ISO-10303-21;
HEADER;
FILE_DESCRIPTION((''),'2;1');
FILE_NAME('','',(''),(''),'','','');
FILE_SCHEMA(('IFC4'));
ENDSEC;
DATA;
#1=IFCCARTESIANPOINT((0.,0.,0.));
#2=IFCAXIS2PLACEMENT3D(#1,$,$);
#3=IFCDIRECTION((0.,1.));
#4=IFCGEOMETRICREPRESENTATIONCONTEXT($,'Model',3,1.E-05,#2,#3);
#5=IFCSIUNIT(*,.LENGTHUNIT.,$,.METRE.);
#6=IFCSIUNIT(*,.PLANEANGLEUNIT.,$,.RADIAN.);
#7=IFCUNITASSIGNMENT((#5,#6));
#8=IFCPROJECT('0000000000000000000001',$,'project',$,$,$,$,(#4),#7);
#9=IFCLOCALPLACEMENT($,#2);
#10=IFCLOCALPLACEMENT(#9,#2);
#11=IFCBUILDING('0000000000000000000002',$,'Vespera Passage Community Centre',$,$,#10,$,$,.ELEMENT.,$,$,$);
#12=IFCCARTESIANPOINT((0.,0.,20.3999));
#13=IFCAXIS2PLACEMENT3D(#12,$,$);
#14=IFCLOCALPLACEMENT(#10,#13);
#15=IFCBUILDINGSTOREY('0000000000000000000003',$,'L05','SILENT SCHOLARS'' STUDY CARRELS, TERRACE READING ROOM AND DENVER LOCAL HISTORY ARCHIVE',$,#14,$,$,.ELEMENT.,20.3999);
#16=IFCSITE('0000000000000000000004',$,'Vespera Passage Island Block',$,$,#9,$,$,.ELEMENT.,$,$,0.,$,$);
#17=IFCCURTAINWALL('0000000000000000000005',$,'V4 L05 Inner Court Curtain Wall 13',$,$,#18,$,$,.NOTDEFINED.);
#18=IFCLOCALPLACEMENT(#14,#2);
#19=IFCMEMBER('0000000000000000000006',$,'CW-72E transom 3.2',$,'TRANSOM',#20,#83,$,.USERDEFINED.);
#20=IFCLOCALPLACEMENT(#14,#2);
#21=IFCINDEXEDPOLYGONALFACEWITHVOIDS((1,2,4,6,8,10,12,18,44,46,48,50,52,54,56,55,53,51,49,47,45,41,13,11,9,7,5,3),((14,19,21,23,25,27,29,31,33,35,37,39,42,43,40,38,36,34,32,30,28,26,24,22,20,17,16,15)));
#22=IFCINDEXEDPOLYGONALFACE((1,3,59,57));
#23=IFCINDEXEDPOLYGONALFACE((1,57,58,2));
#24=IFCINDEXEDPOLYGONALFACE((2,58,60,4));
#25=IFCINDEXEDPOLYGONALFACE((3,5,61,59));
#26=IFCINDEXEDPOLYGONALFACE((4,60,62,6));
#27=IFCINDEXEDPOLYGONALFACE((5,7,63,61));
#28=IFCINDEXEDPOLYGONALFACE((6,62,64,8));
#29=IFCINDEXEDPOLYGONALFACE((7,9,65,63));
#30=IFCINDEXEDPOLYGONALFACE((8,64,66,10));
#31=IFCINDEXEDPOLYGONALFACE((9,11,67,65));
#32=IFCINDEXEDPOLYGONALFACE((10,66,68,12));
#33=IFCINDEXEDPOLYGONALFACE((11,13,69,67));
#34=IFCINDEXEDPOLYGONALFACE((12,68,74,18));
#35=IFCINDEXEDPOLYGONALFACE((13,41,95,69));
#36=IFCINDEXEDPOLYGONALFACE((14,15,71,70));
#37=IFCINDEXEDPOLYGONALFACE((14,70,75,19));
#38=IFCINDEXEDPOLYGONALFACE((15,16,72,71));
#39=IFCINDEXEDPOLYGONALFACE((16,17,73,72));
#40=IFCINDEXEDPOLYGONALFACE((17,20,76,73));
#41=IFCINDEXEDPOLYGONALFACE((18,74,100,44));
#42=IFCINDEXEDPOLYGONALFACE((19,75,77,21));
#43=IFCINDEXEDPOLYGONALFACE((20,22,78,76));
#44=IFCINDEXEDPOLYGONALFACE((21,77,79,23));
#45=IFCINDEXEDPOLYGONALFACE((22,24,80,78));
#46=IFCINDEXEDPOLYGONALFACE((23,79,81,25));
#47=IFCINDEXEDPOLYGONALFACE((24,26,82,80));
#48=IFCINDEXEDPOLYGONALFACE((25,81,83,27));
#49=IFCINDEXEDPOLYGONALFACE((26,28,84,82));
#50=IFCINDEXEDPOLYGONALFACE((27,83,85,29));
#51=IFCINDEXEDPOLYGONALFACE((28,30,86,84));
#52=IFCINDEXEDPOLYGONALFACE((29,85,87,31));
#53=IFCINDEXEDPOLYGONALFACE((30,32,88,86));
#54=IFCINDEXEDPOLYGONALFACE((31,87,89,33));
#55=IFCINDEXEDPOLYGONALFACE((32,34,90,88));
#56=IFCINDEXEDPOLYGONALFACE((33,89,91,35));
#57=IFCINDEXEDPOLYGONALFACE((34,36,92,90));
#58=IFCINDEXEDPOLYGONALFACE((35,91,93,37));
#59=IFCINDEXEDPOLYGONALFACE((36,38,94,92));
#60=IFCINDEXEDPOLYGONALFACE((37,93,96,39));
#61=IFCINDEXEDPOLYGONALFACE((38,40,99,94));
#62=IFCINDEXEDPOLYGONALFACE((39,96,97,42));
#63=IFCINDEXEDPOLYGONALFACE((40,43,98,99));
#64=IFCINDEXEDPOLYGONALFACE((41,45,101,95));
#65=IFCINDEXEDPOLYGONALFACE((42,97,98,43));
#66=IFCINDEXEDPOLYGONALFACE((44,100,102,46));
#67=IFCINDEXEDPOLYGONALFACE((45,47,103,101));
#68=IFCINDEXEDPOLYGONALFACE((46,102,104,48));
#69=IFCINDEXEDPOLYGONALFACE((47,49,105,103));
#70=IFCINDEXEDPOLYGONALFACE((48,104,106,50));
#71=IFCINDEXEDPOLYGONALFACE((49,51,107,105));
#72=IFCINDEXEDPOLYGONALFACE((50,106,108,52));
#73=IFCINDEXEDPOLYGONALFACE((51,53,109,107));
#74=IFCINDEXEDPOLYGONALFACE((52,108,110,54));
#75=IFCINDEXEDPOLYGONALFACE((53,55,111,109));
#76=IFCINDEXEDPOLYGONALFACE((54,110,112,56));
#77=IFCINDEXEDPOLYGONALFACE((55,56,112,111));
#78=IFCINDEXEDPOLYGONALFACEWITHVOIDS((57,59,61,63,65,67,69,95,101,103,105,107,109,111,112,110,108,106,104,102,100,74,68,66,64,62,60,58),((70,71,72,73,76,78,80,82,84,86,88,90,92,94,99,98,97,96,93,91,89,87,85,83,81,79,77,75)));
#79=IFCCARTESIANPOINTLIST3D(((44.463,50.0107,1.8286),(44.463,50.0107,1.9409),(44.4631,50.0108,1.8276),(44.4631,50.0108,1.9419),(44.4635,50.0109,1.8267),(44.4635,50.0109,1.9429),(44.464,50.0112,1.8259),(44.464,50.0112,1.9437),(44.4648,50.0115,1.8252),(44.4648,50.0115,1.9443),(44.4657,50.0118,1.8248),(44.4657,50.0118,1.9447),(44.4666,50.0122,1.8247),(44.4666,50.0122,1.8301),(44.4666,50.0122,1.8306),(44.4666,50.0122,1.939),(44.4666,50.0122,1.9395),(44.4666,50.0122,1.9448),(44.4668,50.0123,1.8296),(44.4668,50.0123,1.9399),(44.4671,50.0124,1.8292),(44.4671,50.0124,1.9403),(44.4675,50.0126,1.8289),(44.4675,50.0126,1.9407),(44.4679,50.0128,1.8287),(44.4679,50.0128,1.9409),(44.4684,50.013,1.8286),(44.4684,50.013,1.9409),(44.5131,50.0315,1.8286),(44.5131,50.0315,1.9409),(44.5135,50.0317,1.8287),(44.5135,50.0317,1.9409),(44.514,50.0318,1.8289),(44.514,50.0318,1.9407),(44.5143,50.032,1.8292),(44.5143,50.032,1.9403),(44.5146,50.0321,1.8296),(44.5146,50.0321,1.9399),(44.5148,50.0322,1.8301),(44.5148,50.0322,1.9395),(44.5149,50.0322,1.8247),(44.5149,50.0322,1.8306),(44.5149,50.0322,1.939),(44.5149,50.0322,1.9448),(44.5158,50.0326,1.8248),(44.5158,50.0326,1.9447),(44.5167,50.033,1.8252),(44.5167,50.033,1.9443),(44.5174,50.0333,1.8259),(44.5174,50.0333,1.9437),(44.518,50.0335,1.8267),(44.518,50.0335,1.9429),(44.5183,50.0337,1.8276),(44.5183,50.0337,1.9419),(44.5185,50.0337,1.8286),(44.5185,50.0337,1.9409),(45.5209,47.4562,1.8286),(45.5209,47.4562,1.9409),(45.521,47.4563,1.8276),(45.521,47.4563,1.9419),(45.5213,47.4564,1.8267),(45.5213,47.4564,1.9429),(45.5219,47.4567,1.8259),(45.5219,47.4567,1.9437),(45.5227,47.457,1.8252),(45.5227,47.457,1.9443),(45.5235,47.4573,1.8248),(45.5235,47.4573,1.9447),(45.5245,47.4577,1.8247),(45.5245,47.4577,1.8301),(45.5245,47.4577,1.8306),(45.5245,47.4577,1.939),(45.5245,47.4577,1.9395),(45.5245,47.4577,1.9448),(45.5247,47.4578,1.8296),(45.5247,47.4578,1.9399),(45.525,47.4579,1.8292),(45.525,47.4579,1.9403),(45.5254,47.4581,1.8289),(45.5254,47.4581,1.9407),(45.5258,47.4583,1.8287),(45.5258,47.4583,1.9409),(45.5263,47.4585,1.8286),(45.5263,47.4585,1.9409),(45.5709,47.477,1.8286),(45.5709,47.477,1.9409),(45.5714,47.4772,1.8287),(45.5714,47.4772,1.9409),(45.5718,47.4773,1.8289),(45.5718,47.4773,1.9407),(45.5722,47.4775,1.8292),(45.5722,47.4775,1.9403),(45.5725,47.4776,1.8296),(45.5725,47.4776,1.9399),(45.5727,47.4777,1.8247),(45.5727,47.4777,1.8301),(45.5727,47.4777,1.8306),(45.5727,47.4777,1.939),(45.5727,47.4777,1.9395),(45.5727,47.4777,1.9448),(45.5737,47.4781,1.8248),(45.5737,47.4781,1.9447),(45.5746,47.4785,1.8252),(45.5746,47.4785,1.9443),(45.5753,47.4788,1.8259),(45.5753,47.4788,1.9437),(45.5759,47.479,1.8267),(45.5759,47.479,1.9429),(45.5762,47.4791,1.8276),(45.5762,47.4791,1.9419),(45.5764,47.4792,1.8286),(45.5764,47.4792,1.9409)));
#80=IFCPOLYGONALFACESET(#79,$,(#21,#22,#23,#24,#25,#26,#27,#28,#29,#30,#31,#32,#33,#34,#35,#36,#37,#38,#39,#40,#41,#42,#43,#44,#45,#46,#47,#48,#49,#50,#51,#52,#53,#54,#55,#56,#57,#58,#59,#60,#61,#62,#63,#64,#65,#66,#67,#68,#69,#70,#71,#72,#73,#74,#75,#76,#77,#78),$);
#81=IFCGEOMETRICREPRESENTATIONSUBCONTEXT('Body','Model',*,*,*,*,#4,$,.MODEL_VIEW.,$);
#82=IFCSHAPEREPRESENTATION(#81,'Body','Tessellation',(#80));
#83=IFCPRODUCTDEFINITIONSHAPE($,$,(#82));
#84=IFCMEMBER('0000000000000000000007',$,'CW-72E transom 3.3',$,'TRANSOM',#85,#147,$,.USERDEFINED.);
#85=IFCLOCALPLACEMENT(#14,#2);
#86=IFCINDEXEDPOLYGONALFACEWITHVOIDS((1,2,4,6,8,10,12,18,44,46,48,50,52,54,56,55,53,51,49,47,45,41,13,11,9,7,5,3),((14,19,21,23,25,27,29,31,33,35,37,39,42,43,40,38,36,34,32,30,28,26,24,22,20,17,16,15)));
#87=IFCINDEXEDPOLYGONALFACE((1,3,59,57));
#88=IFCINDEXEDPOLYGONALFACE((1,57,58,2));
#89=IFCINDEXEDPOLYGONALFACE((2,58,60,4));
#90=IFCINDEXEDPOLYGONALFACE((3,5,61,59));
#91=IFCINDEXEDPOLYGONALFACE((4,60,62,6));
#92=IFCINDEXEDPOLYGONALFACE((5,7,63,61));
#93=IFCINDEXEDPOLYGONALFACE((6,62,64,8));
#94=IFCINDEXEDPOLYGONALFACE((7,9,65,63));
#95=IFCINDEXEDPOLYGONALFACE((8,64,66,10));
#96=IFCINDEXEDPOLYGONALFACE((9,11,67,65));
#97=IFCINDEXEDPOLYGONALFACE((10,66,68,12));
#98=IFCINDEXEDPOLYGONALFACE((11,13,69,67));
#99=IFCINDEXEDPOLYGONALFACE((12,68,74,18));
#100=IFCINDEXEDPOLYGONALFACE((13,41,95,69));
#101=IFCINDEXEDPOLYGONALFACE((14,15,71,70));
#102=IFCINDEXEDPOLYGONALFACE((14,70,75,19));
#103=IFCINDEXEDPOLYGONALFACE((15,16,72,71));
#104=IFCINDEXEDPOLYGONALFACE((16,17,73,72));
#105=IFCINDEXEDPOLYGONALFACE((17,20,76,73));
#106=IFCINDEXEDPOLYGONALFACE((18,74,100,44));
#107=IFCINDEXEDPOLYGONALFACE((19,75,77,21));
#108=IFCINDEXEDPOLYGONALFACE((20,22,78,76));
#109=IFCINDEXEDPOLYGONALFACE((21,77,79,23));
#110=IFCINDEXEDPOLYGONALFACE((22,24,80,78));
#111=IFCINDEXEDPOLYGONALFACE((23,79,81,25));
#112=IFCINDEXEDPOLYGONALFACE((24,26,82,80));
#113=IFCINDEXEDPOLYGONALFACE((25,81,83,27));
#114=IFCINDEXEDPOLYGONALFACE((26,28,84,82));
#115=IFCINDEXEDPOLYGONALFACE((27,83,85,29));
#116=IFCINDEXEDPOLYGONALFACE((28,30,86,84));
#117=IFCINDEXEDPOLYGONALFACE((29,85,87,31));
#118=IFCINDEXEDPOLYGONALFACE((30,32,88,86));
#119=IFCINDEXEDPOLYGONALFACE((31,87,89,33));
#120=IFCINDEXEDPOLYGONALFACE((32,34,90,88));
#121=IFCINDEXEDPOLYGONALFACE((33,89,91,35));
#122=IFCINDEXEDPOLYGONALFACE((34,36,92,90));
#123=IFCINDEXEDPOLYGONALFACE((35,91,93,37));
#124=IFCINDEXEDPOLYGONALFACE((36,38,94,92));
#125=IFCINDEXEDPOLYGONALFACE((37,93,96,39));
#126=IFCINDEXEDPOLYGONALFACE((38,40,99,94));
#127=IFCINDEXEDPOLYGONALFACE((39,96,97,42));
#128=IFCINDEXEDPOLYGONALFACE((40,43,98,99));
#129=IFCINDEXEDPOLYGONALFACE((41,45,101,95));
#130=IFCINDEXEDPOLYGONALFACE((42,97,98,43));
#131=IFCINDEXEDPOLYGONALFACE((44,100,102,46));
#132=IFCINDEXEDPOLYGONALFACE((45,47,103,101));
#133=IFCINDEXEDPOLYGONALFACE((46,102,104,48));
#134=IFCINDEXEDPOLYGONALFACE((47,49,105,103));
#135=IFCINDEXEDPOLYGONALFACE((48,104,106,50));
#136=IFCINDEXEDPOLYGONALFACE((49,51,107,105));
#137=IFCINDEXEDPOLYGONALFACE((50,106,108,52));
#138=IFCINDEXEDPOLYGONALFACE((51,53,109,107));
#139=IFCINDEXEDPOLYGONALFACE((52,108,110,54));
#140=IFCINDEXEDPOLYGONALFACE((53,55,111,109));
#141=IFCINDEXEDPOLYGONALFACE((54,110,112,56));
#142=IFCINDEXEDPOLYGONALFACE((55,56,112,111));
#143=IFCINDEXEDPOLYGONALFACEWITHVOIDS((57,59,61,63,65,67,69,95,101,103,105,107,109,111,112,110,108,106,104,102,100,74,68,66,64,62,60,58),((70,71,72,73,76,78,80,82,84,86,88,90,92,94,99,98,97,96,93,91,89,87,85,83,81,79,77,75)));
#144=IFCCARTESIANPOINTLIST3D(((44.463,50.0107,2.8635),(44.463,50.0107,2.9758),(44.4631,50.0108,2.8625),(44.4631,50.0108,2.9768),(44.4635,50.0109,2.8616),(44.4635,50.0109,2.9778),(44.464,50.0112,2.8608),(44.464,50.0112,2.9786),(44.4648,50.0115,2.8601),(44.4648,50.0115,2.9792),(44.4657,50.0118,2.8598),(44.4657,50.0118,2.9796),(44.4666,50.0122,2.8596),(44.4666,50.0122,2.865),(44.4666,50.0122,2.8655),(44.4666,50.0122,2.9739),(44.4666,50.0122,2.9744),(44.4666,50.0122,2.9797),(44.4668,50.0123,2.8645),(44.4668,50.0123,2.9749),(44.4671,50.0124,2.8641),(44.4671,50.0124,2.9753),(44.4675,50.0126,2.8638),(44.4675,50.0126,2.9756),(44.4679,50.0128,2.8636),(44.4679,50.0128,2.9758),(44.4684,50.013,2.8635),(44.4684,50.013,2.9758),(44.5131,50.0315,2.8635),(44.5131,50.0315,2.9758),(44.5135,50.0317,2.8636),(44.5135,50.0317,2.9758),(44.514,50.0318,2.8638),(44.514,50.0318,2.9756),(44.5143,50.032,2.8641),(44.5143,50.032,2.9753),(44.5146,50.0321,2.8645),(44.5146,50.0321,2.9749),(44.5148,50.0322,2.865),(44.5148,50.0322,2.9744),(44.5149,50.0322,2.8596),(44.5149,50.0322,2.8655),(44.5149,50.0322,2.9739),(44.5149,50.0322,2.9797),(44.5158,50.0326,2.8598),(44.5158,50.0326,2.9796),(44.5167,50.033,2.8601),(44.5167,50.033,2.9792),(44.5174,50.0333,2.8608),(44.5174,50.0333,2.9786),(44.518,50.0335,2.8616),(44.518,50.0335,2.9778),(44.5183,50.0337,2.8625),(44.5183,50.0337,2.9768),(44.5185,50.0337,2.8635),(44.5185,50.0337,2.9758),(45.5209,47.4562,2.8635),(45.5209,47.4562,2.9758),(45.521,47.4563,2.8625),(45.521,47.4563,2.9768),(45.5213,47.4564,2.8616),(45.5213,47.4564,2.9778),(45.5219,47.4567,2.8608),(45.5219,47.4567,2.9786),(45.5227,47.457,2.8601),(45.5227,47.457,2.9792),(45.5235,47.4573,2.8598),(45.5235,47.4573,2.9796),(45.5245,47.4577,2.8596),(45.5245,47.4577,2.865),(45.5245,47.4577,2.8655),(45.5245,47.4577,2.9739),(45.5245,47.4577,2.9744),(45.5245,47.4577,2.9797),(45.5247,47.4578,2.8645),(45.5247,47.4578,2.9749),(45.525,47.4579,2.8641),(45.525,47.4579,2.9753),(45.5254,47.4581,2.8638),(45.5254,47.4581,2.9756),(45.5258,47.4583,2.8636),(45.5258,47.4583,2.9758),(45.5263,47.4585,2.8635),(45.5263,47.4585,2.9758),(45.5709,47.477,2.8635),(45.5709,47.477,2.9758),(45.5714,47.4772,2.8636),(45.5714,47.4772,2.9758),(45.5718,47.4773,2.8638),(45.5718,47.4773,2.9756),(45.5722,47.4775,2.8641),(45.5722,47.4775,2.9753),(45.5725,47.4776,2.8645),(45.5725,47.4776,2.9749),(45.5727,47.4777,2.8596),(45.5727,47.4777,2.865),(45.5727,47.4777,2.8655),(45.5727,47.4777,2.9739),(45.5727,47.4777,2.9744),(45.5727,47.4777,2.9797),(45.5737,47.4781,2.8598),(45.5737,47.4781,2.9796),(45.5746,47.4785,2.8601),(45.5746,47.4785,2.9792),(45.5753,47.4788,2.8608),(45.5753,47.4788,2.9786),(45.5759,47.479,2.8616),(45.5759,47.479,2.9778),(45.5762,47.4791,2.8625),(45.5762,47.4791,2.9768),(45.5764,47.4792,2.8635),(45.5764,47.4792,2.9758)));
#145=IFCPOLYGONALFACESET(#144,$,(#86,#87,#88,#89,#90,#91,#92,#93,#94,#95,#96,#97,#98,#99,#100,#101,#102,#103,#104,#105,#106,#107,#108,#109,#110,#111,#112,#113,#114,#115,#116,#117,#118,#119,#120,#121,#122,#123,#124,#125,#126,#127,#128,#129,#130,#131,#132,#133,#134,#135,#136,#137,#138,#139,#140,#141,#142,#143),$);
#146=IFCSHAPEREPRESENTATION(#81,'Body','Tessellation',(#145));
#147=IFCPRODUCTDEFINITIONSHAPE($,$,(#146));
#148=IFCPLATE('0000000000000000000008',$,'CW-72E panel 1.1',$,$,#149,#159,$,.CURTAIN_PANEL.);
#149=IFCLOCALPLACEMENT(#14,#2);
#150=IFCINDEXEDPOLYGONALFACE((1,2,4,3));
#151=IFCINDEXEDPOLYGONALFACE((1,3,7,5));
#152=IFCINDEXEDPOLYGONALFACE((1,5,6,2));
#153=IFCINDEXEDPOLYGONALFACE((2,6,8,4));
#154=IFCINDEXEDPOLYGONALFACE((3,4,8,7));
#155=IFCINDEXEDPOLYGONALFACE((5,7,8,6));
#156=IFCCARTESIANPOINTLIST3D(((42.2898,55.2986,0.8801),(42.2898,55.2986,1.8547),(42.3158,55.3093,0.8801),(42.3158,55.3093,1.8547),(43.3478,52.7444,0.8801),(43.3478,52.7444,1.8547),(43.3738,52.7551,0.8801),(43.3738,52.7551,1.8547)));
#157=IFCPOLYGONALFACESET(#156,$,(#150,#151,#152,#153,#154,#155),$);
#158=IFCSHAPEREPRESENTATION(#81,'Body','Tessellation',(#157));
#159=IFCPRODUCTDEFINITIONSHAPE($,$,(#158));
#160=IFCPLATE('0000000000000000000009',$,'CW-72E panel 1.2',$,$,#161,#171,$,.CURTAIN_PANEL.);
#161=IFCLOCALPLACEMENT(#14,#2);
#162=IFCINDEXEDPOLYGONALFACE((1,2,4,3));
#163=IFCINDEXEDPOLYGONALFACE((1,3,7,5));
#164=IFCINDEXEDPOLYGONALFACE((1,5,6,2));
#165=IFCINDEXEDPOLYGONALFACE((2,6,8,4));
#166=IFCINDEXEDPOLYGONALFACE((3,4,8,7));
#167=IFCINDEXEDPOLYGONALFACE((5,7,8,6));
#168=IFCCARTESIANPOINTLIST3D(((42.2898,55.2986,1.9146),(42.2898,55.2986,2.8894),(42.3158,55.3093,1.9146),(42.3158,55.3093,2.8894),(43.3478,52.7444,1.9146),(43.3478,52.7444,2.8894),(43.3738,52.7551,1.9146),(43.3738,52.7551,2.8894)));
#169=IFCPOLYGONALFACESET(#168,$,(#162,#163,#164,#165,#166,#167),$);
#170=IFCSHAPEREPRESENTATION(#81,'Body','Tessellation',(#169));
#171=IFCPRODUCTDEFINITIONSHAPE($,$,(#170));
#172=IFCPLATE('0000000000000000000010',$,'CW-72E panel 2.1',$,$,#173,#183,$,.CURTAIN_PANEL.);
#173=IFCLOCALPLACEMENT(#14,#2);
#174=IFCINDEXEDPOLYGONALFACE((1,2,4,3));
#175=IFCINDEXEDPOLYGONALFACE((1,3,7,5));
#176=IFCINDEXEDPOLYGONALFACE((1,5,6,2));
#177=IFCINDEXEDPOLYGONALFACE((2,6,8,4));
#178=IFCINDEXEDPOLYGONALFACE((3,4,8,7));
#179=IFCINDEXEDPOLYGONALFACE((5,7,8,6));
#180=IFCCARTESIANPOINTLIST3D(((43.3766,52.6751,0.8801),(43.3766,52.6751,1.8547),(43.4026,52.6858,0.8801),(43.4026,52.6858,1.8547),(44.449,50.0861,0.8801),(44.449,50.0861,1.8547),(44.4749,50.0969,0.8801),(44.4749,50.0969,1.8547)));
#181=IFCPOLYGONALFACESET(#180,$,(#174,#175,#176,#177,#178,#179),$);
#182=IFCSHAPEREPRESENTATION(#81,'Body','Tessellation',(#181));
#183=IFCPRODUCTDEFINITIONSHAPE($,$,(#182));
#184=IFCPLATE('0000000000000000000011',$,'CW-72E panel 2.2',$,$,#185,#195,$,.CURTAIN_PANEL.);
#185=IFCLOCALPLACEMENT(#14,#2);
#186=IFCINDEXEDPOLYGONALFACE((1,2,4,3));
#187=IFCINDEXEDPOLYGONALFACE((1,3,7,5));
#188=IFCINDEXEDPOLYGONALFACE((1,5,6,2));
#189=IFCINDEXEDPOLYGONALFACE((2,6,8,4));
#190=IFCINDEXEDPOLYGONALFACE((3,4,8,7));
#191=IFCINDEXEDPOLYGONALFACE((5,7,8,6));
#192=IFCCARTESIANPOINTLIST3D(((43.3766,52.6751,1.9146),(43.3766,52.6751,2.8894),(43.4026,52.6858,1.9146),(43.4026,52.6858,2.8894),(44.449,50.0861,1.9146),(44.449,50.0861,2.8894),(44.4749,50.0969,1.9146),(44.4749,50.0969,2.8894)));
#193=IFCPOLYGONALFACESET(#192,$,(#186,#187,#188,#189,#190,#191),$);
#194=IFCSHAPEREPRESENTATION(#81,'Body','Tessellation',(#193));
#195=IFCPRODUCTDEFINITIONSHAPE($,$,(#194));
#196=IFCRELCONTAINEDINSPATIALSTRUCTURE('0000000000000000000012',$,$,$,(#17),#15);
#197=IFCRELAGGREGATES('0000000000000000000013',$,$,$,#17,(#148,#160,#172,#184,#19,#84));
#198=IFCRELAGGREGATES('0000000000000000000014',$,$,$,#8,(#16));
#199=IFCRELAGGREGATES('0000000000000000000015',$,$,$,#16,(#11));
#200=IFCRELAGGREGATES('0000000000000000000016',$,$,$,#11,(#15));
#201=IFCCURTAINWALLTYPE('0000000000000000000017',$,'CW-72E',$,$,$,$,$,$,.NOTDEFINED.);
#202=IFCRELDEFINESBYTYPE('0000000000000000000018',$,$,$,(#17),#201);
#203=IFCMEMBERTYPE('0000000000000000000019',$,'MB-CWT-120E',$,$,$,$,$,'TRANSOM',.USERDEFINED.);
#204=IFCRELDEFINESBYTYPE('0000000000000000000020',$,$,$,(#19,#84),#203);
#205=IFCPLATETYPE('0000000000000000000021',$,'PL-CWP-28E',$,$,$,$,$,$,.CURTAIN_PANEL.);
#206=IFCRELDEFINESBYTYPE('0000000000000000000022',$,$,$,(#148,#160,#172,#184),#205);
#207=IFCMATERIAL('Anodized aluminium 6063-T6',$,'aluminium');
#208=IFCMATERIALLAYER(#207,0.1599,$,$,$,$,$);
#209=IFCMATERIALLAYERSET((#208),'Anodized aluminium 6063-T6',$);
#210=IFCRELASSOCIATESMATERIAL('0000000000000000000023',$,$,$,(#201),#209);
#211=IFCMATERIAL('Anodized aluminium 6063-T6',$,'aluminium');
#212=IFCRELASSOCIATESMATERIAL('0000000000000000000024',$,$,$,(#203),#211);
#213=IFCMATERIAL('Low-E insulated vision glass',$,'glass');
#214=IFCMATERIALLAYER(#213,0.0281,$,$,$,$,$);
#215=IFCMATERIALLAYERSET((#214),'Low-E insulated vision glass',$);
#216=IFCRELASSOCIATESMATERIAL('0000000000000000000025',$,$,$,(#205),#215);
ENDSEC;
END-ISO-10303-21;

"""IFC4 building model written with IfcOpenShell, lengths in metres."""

from ifc_helpers import new_model, si_unit, direction, frame, origin, origin_2d, place, context, subcontext, project, spatial, rectangle, hollow_rectangle, extrude, material, layer, layer_set, material_profile, profile_set, type_object, element, aggregate, save


model = new_model("IFC4")

# Units and contexts
model_context = context("Model", 3, precision=1e-05, world=origin(), true_north=direction((0.0, 1.0)))
body_context = subcontext(model_context, "Body", "Model", "MODEL_VIEW")
ifc_project = project(units=[si_unit("LENGTHUNIT", "METRE"), si_unit("PLANEANGLEUNIT", "RADIAN")], contexts=[model_context])

# Site, building, storey
site_placement = place(None, origin())
site = spatial("IfcSite", under=ifc_project, at=site_placement, Name="Vespera Passage Island Block", CompositionType="ELEMENT", RefElevation=0.0)
building_placement = place(site_placement, origin())
building = spatial("IfcBuilding", under=site, at=building_placement, Name="Vespera Passage Community Centre", CompositionType="ELEMENT")
storey_placement = place(building_placement, frame((0.0, 0.0, 20.3999)))
storey = spatial("IfcBuildingStorey", under=building, at=storey_placement, Name="L05", Description="SILENT SCHOLARS' STUDY CARRELS, TERRACE READING ROOM AND DENVER LOCAL HISTORY ARCHIVE", CompositionType="ELEMENT", Elevation=20.3999)

# Curtain wall
ifc_material_1 = material(Name="Anodized aluminium 6063-T6", Category="aluminium")
ifc_layer_1 = layer(ifc_material_1, 0.1599)
ifc_layer_set_1 = layer_set([ifc_layer_1], Name="Anodized aluminium 6063-T6")
curtain_wall_type_1 = type_object("IfcCurtainWallType", Name="CW-72E", PredefinedType="NOTDEFINED", material=ifc_layer_set_1)
curtain_wall_1_placement = place(storey_placement, origin())
curtain_wall_1 = element("IfcCurtainWall", 1, at=curtain_wall_1_placement, inside=storey, type_object=curtain_wall_type_1, Name="V4 L05 Inner Court Curtain Wall 13", PredefinedType="NOTDEFINED")

# Members
ifc_material_2 = material(Name="Anodized aluminium 6063-T6", Category="aluminium")
ifc_material_profile_1 = material_profile(ifc_material_2, hollow_rectangle(XDim=0.0601, YDim=0.1201, WallThickness=0.0039, InnerFilletRadius=0.002, OuterFilletRadius=0.0039, at=origin_2d()), Name="ALU120X60X4")
ifc_profile_set_1 = profile_set([ifc_material_profile_1], Name="Anodized aluminium 6063-T6")
member_type_1 = type_object("IfcMemberType", Name="MB-CWT-120E", ElementType="TRANSOM", PredefinedType="USERDEFINED", material=ifc_profile_set_1)
member_1_placement = place(storey_placement, frame((44.4907, 50.0222, 1.8848), z_axis=(0.382614, -0.923908, 0.0), x_axis=(0.923908, 0.382614, 0.0)))
member_1 = element("IfcMember", 2, at=member_1_placement, type_object=member_type_1, Name="CW-72E transom 3.2", ObjectType="TRANSOM", PredefinedType="USERDEFINED", context=body_context, shape_type="SweptSolid", body=[
    extrude(hollow_rectangle(XDim=0.0601, YDim=0.1201, WallThickness=0.0039, InnerFilletRadius=0.002, OuterFilletRadius=0.0039, at=origin_2d()), origin(), (0.0, 0.0, 1.0), 2.7649),
])
member_2_placement = place(storey_placement, frame((44.4907, 50.0222, 2.9197), z_axis=(0.382614, -0.923908, 0.0), x_axis=(0.923908, 0.382614, 0.0)))
member_2 = element("IfcMember", 3, at=member_2_placement, type_object=member_type_1, Name="CW-72E transom 3.3", ObjectType="TRANSOM", PredefinedType="USERDEFINED", context=body_context, shape_type="SweptSolid", body=[
    extrude(hollow_rectangle(XDim=0.0601, YDim=0.1201, WallThickness=0.0039, InnerFilletRadius=0.002, OuterFilletRadius=0.0039, at=origin_2d()), origin(), (0.0, 0.0, 1.0), 2.7649),
])

# Plates
ifc_material_3 = material(Name="Low-E insulated vision glass", Category="glass")
ifc_layer_2 = layer(ifc_material_3, 0.0281)
ifc_layer_set_2 = layer_set([ifc_layer_2], Name="Low-E insulated vision glass")
plate_type = type_object("IfcPlateType", Name="PL-CWP-28E", PredefinedType="CURTAIN_PANEL", material=ifc_layer_set_2)
plate_1_placement = place(storey_placement, frame((42.8318, 54.0269, 0.8801), z_axis=(0.0, 0.0, 1.0), x_axis=(0.38269, -0.923877, 0.0)))
plate_1 = element("IfcPlate", 4, at=plate_1_placement, type_object=plate_type, Name="CW-72E panel 1.1", PredefinedType="CURTAIN_PANEL", context=body_context, shape_type="SweptSolid", body=[
    extrude(rectangle(XDim=2.7646, YDim=0.0281, at=origin_2d()), origin(), (0.0, 0.0, 1.0), 0.9746),
])
plate_2_placement = place(storey_placement, frame((42.8318, 54.0269, 1.9146), z_axis=(0.0, 0.0, 1.0), x_axis=(0.38269, -0.923877, 0.0)))
plate_2 = element("IfcPlate", 5, at=plate_2_placement, type_object=plate_type, Name="CW-72E panel 1.2", PredefinedType="CURTAIN_PANEL", context=body_context, shape_type="SweptSolid", body=[
    extrude(rectangle(XDim=2.7646, YDim=0.0281, at=origin_2d()), origin(), (0.0, 0.0, 1.0), 0.9749),
])
plate_3_placement = place(storey_placement, frame((43.9258, 51.386, 0.8801), z_axis=(0.0, 0.0, 1.0), x_axis=(0.38269, -0.923877, 0.0)))
plate_3 = element("IfcPlate", 6, at=plate_3_placement, type_object=plate_type, Name="CW-72E panel 2.1", PredefinedType="CURTAIN_PANEL", context=body_context, shape_type="SweptSolid", body=[
    extrude(rectangle(XDim=2.8022, YDim=0.0281, at=origin_2d()), origin(), (0.0, 0.0, 1.0), 0.9746),
])
plate_4_placement = place(storey_placement, frame((43.9258, 51.386, 1.9146), z_axis=(0.0, 0.0, 1.0), x_axis=(0.38269, -0.923877, 0.0)))
plate_4 = element("IfcPlate", 7, at=plate_4_placement, type_object=plate_type, Name="CW-72E panel 2.2", PredefinedType="CURTAIN_PANEL", context=body_context, shape_type="SweptSolid", body=[
    extrude(rectangle(XDim=2.8022, YDim=0.0281, at=origin_2d()), origin(), (0.0, 0.0, 1.0), 0.9749),
])
aggregate(curtain_wall_1, [plate_1, plate_2, plate_3, plate_4, member_1, member_2])

save(model, "model.ifc")
